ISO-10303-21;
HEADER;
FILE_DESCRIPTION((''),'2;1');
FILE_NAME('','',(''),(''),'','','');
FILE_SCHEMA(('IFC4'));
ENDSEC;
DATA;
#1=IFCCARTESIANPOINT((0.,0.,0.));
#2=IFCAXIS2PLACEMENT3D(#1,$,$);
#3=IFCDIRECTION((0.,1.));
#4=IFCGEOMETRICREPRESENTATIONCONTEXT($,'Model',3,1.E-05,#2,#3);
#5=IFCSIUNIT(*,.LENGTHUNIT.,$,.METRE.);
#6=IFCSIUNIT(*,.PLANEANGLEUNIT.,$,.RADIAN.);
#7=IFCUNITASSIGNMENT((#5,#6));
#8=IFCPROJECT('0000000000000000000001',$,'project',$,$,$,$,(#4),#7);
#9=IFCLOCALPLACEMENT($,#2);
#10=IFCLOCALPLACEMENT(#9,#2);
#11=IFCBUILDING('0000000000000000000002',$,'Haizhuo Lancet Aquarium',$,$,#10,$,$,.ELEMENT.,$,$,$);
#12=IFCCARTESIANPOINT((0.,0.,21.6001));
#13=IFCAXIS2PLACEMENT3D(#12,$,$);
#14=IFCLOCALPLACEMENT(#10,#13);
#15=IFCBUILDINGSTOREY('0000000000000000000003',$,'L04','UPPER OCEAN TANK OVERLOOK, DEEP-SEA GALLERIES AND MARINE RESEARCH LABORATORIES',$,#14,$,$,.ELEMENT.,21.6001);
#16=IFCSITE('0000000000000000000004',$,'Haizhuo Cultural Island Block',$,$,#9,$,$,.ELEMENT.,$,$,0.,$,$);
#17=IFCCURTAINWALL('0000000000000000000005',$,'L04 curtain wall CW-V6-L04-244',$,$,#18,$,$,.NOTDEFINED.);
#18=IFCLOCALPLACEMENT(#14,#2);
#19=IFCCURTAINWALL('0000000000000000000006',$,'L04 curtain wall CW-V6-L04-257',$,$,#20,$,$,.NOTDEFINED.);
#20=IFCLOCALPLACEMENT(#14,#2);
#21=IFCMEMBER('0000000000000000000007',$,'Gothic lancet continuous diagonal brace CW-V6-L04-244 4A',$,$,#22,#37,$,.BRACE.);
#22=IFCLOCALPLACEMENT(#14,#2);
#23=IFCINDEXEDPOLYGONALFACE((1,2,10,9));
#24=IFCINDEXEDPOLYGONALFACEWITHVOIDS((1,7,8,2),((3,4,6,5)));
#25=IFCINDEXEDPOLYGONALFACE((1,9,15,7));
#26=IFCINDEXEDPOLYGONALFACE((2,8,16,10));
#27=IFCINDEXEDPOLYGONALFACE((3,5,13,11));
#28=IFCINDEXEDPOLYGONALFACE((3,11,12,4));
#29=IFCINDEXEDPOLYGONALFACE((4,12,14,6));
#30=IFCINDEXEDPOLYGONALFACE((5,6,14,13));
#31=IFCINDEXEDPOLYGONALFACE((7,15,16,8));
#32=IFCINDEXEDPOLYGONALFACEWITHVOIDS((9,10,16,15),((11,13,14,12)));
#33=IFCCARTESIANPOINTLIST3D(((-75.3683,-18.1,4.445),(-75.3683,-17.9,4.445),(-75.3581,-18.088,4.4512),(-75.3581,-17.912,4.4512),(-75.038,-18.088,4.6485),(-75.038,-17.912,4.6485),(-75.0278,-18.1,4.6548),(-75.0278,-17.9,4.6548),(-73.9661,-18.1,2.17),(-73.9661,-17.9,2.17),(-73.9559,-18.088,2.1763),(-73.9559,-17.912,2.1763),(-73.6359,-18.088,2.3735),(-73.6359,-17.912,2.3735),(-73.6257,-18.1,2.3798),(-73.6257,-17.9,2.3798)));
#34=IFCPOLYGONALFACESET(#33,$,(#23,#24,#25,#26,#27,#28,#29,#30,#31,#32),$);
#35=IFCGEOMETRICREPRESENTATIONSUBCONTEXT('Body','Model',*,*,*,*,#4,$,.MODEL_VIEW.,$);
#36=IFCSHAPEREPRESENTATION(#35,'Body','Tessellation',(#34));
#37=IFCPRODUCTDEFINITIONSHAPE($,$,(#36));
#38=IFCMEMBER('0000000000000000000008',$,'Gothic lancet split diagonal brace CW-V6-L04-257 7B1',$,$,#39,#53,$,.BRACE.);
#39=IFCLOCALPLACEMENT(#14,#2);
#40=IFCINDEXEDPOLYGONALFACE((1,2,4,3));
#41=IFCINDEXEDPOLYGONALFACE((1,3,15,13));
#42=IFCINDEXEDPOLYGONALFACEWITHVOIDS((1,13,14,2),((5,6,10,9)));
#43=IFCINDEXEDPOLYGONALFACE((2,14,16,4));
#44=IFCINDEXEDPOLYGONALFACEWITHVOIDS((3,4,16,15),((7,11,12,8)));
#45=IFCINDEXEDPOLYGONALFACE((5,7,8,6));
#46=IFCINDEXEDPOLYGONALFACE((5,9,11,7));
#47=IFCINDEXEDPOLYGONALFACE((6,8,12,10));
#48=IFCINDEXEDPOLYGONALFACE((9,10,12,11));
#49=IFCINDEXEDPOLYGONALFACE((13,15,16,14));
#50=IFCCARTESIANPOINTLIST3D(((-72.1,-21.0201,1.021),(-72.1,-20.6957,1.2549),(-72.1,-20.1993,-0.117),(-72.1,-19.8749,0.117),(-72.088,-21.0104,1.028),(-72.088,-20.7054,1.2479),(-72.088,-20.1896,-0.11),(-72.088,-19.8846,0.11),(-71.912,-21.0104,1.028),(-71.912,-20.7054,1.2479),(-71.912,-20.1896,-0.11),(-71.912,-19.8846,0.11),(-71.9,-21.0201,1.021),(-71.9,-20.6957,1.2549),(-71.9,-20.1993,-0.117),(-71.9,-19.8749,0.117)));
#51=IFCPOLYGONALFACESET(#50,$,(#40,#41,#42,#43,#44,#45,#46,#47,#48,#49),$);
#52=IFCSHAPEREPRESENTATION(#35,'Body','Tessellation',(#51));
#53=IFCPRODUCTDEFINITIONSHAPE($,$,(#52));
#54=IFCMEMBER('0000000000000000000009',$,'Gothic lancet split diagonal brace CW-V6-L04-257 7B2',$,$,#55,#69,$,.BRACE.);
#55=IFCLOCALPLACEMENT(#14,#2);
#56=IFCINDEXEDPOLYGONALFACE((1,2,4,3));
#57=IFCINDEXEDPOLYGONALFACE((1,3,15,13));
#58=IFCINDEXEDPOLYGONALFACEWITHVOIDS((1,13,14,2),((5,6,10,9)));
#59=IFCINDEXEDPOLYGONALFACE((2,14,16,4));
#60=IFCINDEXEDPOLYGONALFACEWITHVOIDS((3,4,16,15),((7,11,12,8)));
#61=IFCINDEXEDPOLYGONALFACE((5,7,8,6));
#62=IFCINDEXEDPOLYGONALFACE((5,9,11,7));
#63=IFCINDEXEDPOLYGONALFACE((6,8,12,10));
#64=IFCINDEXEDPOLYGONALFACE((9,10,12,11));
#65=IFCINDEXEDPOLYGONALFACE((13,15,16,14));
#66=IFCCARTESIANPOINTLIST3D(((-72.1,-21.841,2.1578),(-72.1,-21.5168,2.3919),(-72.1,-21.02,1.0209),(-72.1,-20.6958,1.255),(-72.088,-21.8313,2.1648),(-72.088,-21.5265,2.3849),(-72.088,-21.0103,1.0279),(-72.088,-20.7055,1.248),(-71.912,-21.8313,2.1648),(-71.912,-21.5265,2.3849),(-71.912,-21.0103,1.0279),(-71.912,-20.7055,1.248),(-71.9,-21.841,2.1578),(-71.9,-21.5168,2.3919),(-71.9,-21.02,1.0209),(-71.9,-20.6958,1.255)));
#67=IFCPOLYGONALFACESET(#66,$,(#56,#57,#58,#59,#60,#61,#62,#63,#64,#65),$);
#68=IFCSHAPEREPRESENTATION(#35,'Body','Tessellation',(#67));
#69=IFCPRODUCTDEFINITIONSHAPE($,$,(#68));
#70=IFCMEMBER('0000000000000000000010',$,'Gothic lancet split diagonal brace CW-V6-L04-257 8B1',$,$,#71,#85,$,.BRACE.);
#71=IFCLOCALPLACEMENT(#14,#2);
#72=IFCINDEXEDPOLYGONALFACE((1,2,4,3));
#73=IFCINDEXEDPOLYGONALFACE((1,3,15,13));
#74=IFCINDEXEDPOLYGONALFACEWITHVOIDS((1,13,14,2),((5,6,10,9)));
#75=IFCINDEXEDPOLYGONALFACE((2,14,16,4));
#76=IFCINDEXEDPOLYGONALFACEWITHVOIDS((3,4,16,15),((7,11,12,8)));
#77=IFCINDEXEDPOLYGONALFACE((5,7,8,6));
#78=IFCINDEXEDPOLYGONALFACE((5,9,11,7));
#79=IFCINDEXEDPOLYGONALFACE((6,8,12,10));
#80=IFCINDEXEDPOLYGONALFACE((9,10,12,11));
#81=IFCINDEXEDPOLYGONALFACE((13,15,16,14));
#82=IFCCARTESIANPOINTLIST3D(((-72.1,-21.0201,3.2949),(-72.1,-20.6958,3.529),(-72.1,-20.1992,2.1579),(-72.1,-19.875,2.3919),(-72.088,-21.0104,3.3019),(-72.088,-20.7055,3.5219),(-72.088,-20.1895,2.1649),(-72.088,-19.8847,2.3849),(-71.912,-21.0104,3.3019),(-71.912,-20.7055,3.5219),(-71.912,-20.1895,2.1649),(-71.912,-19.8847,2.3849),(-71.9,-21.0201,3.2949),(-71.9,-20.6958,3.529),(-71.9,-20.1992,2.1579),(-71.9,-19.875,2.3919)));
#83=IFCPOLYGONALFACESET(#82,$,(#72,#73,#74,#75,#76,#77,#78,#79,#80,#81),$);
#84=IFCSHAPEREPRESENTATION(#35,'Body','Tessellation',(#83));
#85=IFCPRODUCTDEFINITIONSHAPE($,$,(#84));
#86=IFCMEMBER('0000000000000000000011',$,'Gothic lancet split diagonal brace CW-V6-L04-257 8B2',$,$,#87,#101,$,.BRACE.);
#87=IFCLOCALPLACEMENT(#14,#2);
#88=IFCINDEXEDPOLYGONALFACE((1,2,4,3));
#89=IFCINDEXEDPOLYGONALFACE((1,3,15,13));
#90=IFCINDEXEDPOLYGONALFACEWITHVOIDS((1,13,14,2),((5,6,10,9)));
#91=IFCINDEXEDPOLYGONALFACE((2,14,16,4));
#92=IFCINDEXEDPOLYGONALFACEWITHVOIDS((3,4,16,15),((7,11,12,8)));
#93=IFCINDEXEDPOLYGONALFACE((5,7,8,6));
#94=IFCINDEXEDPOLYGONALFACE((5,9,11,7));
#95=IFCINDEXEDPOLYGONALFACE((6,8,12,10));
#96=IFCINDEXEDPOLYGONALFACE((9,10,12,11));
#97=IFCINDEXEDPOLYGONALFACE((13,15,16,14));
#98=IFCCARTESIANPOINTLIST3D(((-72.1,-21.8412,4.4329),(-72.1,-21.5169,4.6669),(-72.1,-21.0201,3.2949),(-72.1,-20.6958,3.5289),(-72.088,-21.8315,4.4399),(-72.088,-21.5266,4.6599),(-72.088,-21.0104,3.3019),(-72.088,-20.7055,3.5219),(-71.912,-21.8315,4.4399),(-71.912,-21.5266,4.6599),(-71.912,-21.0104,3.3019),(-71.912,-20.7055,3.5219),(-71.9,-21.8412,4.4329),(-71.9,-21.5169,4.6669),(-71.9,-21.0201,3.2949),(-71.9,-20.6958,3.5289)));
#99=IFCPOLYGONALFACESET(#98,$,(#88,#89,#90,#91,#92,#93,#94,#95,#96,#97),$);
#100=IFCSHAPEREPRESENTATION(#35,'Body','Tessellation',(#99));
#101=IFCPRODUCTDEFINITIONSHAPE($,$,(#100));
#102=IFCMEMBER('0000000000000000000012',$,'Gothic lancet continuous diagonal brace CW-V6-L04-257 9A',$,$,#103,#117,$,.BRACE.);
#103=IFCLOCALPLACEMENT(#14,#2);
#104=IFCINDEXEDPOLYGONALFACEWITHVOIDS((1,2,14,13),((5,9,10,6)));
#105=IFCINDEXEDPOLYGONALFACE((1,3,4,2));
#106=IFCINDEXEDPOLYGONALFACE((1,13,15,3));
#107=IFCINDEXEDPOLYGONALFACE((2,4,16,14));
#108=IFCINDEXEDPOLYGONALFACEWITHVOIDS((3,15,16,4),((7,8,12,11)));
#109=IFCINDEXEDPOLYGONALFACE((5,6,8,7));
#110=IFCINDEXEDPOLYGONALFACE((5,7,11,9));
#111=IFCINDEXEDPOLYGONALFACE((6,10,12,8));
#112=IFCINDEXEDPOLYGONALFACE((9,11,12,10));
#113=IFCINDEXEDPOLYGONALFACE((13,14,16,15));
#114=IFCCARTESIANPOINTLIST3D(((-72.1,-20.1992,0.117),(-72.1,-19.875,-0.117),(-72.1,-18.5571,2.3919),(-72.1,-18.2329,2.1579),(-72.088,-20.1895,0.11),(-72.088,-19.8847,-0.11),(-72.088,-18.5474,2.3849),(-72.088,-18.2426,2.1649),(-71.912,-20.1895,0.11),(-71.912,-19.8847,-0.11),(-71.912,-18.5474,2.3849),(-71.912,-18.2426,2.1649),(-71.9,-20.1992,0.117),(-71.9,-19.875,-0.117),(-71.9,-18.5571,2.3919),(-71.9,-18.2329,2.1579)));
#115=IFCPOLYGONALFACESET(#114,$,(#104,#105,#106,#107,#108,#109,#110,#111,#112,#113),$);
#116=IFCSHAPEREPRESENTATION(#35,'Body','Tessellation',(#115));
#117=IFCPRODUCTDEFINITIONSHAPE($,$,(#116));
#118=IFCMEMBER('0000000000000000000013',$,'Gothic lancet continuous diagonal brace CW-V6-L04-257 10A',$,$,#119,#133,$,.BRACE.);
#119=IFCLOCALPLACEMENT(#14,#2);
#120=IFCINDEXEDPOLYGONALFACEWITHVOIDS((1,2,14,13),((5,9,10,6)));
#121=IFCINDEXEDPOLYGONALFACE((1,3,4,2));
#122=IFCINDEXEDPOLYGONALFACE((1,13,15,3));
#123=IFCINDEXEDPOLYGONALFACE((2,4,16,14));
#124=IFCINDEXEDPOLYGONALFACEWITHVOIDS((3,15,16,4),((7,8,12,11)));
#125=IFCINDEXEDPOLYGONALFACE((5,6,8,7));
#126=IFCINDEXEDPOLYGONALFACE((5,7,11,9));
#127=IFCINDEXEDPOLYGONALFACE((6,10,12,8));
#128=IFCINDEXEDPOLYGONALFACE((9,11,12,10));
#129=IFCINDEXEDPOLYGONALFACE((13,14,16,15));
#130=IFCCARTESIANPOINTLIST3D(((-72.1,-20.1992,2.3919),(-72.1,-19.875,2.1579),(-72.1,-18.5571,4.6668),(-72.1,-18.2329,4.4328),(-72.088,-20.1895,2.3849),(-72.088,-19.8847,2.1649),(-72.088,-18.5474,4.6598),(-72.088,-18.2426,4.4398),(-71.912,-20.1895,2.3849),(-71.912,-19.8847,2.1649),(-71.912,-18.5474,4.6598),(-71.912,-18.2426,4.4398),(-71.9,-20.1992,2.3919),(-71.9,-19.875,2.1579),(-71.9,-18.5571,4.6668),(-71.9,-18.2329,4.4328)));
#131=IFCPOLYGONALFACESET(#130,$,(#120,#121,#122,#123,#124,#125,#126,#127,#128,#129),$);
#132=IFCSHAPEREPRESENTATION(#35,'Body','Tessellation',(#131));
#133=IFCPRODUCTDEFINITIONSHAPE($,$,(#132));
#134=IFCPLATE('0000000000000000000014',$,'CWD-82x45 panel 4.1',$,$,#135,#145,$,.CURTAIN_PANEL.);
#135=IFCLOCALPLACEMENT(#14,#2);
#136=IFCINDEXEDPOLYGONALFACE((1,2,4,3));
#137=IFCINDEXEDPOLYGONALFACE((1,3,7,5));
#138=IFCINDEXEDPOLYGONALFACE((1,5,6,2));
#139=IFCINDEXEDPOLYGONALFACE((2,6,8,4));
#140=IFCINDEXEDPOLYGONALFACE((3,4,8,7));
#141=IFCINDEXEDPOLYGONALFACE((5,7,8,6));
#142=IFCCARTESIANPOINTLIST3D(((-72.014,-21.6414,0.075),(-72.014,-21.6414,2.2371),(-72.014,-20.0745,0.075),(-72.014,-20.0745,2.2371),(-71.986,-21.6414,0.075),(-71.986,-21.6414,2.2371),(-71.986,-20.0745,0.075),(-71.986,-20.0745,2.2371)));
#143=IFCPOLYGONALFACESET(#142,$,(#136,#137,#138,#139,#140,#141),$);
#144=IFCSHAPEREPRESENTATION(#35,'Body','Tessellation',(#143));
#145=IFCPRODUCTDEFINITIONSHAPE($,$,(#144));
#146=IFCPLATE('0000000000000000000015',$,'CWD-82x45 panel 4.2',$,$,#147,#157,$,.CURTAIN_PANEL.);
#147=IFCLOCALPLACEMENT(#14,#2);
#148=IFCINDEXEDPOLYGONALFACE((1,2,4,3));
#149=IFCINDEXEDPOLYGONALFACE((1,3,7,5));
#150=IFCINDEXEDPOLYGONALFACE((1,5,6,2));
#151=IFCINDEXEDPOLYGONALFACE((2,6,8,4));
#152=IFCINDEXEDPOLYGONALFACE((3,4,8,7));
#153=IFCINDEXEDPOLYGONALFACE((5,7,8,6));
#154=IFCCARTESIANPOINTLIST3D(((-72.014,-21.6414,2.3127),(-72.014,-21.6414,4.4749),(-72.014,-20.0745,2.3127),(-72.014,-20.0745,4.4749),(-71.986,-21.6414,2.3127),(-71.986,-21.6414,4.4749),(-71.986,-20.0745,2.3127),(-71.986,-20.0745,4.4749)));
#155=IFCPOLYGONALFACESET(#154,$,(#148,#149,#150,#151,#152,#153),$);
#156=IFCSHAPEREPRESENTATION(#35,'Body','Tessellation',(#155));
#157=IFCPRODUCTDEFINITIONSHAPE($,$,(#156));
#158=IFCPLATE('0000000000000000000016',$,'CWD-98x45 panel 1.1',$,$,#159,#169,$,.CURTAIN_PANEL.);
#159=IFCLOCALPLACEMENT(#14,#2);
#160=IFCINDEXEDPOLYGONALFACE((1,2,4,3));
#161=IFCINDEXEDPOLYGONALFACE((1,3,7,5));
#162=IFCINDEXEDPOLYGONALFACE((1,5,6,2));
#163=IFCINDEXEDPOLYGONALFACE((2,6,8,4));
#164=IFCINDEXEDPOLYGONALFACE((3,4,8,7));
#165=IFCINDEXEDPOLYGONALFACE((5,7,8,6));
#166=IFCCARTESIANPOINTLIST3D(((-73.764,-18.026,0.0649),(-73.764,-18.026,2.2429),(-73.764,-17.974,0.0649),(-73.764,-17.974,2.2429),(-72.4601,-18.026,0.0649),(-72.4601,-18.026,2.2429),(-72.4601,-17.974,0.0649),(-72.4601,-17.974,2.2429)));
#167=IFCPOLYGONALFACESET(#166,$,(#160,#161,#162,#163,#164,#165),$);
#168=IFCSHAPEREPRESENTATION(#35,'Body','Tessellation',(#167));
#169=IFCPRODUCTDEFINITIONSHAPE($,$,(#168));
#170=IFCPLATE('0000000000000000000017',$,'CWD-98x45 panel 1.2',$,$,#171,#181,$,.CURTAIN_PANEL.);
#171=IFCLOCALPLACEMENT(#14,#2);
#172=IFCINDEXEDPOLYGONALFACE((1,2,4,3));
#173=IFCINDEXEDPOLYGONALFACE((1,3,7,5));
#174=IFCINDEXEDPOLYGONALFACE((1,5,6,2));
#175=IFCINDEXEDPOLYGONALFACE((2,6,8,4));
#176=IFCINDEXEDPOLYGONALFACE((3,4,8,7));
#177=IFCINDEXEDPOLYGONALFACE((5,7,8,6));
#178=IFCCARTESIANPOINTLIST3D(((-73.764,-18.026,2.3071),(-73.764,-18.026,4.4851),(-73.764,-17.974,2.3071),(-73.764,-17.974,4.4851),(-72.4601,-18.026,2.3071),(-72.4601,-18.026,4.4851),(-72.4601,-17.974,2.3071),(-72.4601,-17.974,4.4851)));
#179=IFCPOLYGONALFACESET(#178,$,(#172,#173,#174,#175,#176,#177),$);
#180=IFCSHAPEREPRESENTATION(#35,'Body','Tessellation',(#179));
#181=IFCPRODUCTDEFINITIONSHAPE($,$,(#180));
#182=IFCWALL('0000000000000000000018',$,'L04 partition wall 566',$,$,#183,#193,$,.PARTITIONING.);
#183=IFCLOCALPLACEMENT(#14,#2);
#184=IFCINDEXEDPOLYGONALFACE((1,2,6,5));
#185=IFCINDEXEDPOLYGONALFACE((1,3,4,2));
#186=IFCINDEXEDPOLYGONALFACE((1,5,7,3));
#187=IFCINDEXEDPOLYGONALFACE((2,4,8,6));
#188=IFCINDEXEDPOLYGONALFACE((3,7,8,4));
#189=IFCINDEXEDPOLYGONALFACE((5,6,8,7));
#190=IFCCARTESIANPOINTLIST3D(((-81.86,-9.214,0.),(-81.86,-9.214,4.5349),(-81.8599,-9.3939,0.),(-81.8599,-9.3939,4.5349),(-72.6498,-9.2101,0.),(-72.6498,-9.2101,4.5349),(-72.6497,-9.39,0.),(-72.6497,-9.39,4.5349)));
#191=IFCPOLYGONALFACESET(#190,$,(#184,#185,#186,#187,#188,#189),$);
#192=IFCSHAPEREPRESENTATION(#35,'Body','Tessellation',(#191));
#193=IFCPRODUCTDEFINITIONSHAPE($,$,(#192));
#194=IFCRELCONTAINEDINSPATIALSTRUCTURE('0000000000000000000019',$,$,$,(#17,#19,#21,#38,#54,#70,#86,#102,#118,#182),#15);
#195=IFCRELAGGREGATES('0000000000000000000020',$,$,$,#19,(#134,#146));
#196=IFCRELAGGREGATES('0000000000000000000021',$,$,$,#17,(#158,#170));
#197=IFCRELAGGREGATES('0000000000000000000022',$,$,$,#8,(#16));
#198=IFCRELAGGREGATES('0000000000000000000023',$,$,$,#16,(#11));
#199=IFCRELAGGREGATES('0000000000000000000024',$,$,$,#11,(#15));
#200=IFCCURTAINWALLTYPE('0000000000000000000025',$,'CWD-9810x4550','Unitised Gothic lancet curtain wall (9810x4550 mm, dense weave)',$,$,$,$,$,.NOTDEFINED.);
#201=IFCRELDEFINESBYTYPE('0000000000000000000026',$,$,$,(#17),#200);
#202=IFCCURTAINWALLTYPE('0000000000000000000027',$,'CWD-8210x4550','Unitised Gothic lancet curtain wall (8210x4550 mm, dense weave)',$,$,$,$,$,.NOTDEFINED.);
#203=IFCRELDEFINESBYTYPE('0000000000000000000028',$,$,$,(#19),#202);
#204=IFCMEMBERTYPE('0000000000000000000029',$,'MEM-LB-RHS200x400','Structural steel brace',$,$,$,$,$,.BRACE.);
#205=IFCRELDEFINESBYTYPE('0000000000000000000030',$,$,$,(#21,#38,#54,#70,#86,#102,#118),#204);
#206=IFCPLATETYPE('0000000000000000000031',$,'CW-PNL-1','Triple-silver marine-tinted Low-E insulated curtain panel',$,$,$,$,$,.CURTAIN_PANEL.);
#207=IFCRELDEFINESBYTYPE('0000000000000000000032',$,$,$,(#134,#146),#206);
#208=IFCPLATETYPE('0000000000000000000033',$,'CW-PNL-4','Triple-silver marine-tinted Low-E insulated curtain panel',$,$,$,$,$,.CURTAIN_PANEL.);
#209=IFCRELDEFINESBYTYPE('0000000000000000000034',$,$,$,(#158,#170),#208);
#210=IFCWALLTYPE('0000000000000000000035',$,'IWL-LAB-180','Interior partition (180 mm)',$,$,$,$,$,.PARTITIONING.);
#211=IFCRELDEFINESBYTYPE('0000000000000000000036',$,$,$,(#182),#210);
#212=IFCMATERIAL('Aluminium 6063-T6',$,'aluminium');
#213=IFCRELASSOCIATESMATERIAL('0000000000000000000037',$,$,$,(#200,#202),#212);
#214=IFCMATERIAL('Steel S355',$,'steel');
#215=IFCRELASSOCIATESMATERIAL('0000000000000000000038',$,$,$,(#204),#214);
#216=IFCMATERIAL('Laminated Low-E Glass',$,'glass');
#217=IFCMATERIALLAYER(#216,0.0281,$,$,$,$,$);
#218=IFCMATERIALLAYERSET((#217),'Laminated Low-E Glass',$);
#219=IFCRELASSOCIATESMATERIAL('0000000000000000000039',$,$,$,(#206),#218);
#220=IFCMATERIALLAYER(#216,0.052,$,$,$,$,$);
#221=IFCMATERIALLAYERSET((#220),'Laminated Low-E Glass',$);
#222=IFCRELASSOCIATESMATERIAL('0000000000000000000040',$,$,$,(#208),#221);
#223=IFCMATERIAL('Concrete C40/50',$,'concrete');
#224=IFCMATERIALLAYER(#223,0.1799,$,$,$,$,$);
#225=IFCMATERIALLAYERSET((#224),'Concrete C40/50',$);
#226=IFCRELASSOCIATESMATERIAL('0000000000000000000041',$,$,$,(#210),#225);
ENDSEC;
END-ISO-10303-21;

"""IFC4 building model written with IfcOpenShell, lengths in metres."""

from ifc_helpers import new_model, si_unit, direction, frame, frame_2d, origin, origin_2d, place, context, subcontext, project, spatial, rectangle, hollow_rectangle, extrude, material, layer, layer_set, material_profile, profile_set, type_object, element, aggregate, save


model = new_model("IFC4")

# Units and contexts
model_context = context("Model", 3, precision=1e-05, world=origin(), true_north=direction((0.0, 1.0)))
body_context = subcontext(model_context, "Body", "Model", "MODEL_VIEW")
ifc_project = project(units=[si_unit("LENGTHUNIT", "METRE"), si_unit("PLANEANGLEUNIT", "RADIAN")], contexts=[model_context])

# Site, building, storey
site_placement = place(None, origin())
site = spatial("IfcSite", under=ifc_project, at=site_placement, Name="Haizhuo Cultural Island Block", CompositionType="ELEMENT", RefElevation=0.0)
building_placement = place(site_placement, origin())
building = spatial("IfcBuilding", under=site, at=building_placement, Name="Haizhuo Lancet Aquarium", CompositionType="ELEMENT")
storey_placement = place(building_placement, frame((0.0, 0.0, 21.6001)))
storey = spatial("IfcBuildingStorey", under=building, at=storey_placement, Name="L04", Description="UPPER OCEAN TANK OVERLOOK, DEEP-SEA GALLERIES AND MARINE RESEARCH LABORATORIES", CompositionType="ELEMENT", Elevation=21.6001)

# Curtain walls
ifc_material_1 = material(Name="Aluminium 6063-T6", Category="aluminium")
curtain_wall_type_1 = type_object("IfcCurtainWallType", Name="CWD-9810x4550", Description="Unitised Gothic lancet curtain wall (9810x4550 mm, dense weave)", PredefinedType="NOTDEFINED", material=ifc_material_1)
curtain_wall_1_placement = place(storey_placement, origin())
curtain_wall_1 = element("IfcCurtainWall", 1, at=curtain_wall_1_placement, inside=storey, type_object=curtain_wall_type_1, Name="L04 curtain wall CW-V6-L04-244", PredefinedType="NOTDEFINED")
curtain_wall_type_2 = type_object("IfcCurtainWallType", Name="CWD-8210x4550", Description="Unitised Gothic lancet curtain wall (8210x4550 mm, dense weave)", PredefinedType="NOTDEFINED", material=ifc_material_1)
curtain_wall_2_placement = place(storey_placement, origin())
curtain_wall_2 = element("IfcCurtainWall", 2, at=curtain_wall_2_placement, inside=storey, type_object=curtain_wall_type_2, Name="L04 curtain wall CW-V6-L04-257", PredefinedType="NOTDEFINED")

# Members
ifc_material_2 = material(Name="Steel S355", Category="steel")
ifc_material_profile_1 = material_profile(ifc_material_2, hollow_rectangle(XDim=0.2, YDim=0.3999, WallThickness=0.012, at=origin_2d()), Name="RHS 200x400x12")
ifc_profile_set_1 = profile_set([ifc_material_profile_1], Name="Steel S355")
member_type_1 = type_object("IfcMemberType", Name="MEM-LB-RHS200x400", Description="Structural steel brace", PredefinedType="BRACE", material=ifc_profile_set_1)
member_1_placement = place(storey_placement, frame((-73.7959, -18.0, 2.2749), z_axis=(-0.524683, 0.0, 0.851297), x_axis=(0.0, -1.0, 0.0)))
element("IfcMember", 3, at=member_1_placement, inside=storey, type_object=member_type_1, Name="Gothic lancet continuous diagonal brace CW-V6-L04-244 4A", PredefinedType="BRACE", context=body_context, shape_type="SweptSolid", body=[
    extrude(hollow_rectangle(XDim=0.2, YDim=0.3999, WallThickness=0.012, at=origin_2d()), origin(), (0.0, 0.0, 1.0), 2.6724),
])
member_2_placement = place(storey_placement, frame((-72.0, -20.0371, 0.0), z_axis=(0.0, -0.585001, 0.811032), x_axis=(1.0, 0.0, 0.0)))
element("IfcMember", 4, at=member_2_placement, inside=storey, type_object=member_type_1, Name="Gothic lancet split diagonal brace CW-V6-L04-257 7B1", PredefinedType="BRACE", context=body_context, shape_type="SweptSolid", body=[
    extrude(hollow_rectangle(XDim=0.2, YDim=0.3999, WallThickness=0.012, at=origin_2d()), origin(), (0.0, 0.0, 1.0), 1.4031),
])
for number, where, z_axis, x_axis, name in (
    (5, (-72.0, -20.8579, 1.1379), (0.0, -0.585446, 0.810711), (1.0, 0.0, 0.0), "Gothic lancet split diagonal brace CW-V6-L04-257 7B2"),
    (6, (-72.0, -20.0371, 2.2749), (0.0, -0.585332, 0.810794), (1.0, 0.0, 0.0), "Gothic lancet split diagonal brace CW-V6-L04-257 8B1"),
):
    element("IfcMember", number, at=place(storey_placement, frame(where, z_axis=z_axis, x_axis=x_axis)), inside=storey, type_object=member_type_1, Name=name, PredefinedType="BRACE", context=body_context, shape_type="SweptSolid", body=[
        extrude(hollow_rectangle(XDim=0.2, YDim=0.3999, WallThickness=0.012, at=origin_2d()), origin(), (0.0, 0.0, 1.0), 1.4023),
    ])
member_3_placement = place(storey_placement, frame((-72.0, -20.8579, 3.4119), z_axis=(0.0, -0.585116, 0.81095), x_axis=(1.0, 0.0, 0.0)))
element("IfcMember", 7, at=member_3_placement, inside=storey, type_object=member_type_1, Name="Gothic lancet split diagonal brace CW-V6-L04-257 8B2", PredefinedType="BRACE", context=body_context, shape_type="SweptSolid", body=[
    extrude(hollow_rectangle(XDim=0.2, YDim=0.3999, WallThickness=0.012, at=origin_2d()), origin(), (0.0, 0.0, 1.0), 1.4033),
])
for number, where, z_axis, x_axis, name in (
    (8, (-72.0, -20.0371, 0.0), (0.0, 0.585281, 0.810831), (-1.0, 0.0, 0.0), "Gothic lancet continuous diagonal brace CW-V6-L04-257 9A"),
    (9, (-72.0, -20.0371, 2.2749), (0.0, 0.585281, 0.810831), (-1.0, 0.0, 0.0), "Gothic lancet continuous diagonal brace CW-V6-L04-257 10A"),
):
    element("IfcMember", number, at=place(storey_placement, frame(where, z_axis=z_axis, x_axis=x_axis)), inside=storey, type_object=member_type_1, Name=name, PredefinedType="BRACE", context=body_context, shape_type="SweptSolid", body=[
        extrude(hollow_rectangle(XDim=0.2, YDim=0.3999, WallThickness=0.012, at=origin_2d()), origin(), (0.0, 0.0, 1.0), 2.8057),
    ])

# Plates
ifc_material_3 = material(Name="Laminated Low-E Glass", Category="glass")
ifc_layer_1 = layer(ifc_material_3, 0.0281)
ifc_layer_set_1 = layer_set([ifc_layer_1], Name="Laminated Low-E Glass")
plate_type_1 = type_object("IfcPlateType", Name="CW-PNL-1", Description="Triple-silver marine-tinted Low-E insulated curtain panel", PredefinedType="CURTAIN_PANEL", material=ifc_layer_set_1)
plate_1_placement = place(storey_placement, frame((-72.0, -20.8579, 0.075), z_axis=(0.0, 0.0, 1.0), x_axis=(0.0, 1.0, 0.0)))
plate_1 = element("IfcPlate", 10, at=plate_1_placement, type_object=plate_type_1, Name="CWD-82x45 panel 4.1", PredefinedType="CURTAIN_PANEL", context=body_context, shape_type="SweptSolid", body=[
    extrude(rectangle(XDim=1.5669, YDim=0.0281, at=origin_2d()), origin(), (0.0, 0.0, 1.0), 2.1621),
])
plate_2_placement = place(storey_placement, frame((-72.0, -20.8579, 2.3127), z_axis=(0.0, 0.0, 1.0), x_axis=(0.0, 1.0, 0.0)))
plate_2 = element("IfcPlate", 11, at=plate_2_placement, type_object=plate_type_1, Name="CWD-82x45 panel 4.2", PredefinedType="CURTAIN_PANEL", context=body_context, shape_type="SweptSolid", body=[
    extrude(rectangle(XDim=1.5669, YDim=0.0281, at=origin_2d()), origin(), (0.0, 0.0, 1.0), 2.1621),
])
aggregate(curtain_wall_2, [plate_1, plate_2])
ifc_layer_2 = layer(ifc_material_3, 0.052)
ifc_layer_set_2 = layer_set([ifc_layer_2], Name="Laminated Low-E Glass")
plate_type_2 = type_object("IfcPlateType", Name="CW-PNL-4", Description="Triple-silver marine-tinted Low-E insulated curtain panel", PredefinedType="CURTAIN_PANEL", material=ifc_layer_set_2)
plate_3_placement = place(storey_placement, frame((-73.1121, -18.0, 0.0649), z_axis=(0.0, 0.0, 1.0), x_axis=(-1.0, 0.0, 0.0)))
plate_3 = element("IfcPlate", 12, at=plate_3_placement, type_object=plate_type_2, Name="CWD-98x45 panel 1.1", PredefinedType="CURTAIN_PANEL", context=body_context, shape_type="SweptSolid", body=[
    extrude(rectangle(XDim=1.304, YDim=0.052, at=origin_2d()), origin(), (0.0, 0.0, 1.0), 2.178),
])
plate_4_placement = place(storey_placement, frame((-73.1121, -18.0, 2.3071), z_axis=(0.0, 0.0, 1.0), x_axis=(-1.0, 0.0, 0.0)))
plate_4 = element("IfcPlate", 13, at=plate_4_placement, type_object=plate_type_2, Name="CWD-98x45 panel 1.2", PredefinedType="CURTAIN_PANEL", context=body_context, shape_type="SweptSolid", body=[
    extrude(rectangle(XDim=1.304, YDim=0.052, at=origin_2d()), origin(), (0.0, 0.0, 1.0), 2.178),
])
aggregate(curtain_wall_1, [plate_3, plate_4])

# Wall
ifc_material_4 = material(Name="Concrete C40/50", Category="concrete")
ifc_layer_3 = layer(ifc_material_4, 0.1799)
ifc_layer_set_3 = layer_set([ifc_layer_3], Name="Concrete C40/50")
wall_type = type_object("IfcWallType", Name="IWL-LAB-180", Description="Interior partition (180 mm)", PredefinedType="PARTITIONING", material=ifc_layer_set_3)
wall_placement = place(storey_placement, frame((-72.6499, -9.3, 0.0), z_axis=(0.0, 0.0, 1.0), x_axis=(-1.0, -0.000424, 0.0)))
element("IfcWall", 14, at=wall_placement, inside=storey, type_object=wall_type, Name="L04 partition wall 566", PredefinedType="PARTITIONING", context=body_context, shape_type="SweptSolid", body=[
    extrude(rectangle(XDim=9.2102, YDim=0.1799, at=frame_2d((4.605, 0.0))), origin(), (0.0, 0.0, 1.0), 4.5349),
])

save(model, "model.ifc")
